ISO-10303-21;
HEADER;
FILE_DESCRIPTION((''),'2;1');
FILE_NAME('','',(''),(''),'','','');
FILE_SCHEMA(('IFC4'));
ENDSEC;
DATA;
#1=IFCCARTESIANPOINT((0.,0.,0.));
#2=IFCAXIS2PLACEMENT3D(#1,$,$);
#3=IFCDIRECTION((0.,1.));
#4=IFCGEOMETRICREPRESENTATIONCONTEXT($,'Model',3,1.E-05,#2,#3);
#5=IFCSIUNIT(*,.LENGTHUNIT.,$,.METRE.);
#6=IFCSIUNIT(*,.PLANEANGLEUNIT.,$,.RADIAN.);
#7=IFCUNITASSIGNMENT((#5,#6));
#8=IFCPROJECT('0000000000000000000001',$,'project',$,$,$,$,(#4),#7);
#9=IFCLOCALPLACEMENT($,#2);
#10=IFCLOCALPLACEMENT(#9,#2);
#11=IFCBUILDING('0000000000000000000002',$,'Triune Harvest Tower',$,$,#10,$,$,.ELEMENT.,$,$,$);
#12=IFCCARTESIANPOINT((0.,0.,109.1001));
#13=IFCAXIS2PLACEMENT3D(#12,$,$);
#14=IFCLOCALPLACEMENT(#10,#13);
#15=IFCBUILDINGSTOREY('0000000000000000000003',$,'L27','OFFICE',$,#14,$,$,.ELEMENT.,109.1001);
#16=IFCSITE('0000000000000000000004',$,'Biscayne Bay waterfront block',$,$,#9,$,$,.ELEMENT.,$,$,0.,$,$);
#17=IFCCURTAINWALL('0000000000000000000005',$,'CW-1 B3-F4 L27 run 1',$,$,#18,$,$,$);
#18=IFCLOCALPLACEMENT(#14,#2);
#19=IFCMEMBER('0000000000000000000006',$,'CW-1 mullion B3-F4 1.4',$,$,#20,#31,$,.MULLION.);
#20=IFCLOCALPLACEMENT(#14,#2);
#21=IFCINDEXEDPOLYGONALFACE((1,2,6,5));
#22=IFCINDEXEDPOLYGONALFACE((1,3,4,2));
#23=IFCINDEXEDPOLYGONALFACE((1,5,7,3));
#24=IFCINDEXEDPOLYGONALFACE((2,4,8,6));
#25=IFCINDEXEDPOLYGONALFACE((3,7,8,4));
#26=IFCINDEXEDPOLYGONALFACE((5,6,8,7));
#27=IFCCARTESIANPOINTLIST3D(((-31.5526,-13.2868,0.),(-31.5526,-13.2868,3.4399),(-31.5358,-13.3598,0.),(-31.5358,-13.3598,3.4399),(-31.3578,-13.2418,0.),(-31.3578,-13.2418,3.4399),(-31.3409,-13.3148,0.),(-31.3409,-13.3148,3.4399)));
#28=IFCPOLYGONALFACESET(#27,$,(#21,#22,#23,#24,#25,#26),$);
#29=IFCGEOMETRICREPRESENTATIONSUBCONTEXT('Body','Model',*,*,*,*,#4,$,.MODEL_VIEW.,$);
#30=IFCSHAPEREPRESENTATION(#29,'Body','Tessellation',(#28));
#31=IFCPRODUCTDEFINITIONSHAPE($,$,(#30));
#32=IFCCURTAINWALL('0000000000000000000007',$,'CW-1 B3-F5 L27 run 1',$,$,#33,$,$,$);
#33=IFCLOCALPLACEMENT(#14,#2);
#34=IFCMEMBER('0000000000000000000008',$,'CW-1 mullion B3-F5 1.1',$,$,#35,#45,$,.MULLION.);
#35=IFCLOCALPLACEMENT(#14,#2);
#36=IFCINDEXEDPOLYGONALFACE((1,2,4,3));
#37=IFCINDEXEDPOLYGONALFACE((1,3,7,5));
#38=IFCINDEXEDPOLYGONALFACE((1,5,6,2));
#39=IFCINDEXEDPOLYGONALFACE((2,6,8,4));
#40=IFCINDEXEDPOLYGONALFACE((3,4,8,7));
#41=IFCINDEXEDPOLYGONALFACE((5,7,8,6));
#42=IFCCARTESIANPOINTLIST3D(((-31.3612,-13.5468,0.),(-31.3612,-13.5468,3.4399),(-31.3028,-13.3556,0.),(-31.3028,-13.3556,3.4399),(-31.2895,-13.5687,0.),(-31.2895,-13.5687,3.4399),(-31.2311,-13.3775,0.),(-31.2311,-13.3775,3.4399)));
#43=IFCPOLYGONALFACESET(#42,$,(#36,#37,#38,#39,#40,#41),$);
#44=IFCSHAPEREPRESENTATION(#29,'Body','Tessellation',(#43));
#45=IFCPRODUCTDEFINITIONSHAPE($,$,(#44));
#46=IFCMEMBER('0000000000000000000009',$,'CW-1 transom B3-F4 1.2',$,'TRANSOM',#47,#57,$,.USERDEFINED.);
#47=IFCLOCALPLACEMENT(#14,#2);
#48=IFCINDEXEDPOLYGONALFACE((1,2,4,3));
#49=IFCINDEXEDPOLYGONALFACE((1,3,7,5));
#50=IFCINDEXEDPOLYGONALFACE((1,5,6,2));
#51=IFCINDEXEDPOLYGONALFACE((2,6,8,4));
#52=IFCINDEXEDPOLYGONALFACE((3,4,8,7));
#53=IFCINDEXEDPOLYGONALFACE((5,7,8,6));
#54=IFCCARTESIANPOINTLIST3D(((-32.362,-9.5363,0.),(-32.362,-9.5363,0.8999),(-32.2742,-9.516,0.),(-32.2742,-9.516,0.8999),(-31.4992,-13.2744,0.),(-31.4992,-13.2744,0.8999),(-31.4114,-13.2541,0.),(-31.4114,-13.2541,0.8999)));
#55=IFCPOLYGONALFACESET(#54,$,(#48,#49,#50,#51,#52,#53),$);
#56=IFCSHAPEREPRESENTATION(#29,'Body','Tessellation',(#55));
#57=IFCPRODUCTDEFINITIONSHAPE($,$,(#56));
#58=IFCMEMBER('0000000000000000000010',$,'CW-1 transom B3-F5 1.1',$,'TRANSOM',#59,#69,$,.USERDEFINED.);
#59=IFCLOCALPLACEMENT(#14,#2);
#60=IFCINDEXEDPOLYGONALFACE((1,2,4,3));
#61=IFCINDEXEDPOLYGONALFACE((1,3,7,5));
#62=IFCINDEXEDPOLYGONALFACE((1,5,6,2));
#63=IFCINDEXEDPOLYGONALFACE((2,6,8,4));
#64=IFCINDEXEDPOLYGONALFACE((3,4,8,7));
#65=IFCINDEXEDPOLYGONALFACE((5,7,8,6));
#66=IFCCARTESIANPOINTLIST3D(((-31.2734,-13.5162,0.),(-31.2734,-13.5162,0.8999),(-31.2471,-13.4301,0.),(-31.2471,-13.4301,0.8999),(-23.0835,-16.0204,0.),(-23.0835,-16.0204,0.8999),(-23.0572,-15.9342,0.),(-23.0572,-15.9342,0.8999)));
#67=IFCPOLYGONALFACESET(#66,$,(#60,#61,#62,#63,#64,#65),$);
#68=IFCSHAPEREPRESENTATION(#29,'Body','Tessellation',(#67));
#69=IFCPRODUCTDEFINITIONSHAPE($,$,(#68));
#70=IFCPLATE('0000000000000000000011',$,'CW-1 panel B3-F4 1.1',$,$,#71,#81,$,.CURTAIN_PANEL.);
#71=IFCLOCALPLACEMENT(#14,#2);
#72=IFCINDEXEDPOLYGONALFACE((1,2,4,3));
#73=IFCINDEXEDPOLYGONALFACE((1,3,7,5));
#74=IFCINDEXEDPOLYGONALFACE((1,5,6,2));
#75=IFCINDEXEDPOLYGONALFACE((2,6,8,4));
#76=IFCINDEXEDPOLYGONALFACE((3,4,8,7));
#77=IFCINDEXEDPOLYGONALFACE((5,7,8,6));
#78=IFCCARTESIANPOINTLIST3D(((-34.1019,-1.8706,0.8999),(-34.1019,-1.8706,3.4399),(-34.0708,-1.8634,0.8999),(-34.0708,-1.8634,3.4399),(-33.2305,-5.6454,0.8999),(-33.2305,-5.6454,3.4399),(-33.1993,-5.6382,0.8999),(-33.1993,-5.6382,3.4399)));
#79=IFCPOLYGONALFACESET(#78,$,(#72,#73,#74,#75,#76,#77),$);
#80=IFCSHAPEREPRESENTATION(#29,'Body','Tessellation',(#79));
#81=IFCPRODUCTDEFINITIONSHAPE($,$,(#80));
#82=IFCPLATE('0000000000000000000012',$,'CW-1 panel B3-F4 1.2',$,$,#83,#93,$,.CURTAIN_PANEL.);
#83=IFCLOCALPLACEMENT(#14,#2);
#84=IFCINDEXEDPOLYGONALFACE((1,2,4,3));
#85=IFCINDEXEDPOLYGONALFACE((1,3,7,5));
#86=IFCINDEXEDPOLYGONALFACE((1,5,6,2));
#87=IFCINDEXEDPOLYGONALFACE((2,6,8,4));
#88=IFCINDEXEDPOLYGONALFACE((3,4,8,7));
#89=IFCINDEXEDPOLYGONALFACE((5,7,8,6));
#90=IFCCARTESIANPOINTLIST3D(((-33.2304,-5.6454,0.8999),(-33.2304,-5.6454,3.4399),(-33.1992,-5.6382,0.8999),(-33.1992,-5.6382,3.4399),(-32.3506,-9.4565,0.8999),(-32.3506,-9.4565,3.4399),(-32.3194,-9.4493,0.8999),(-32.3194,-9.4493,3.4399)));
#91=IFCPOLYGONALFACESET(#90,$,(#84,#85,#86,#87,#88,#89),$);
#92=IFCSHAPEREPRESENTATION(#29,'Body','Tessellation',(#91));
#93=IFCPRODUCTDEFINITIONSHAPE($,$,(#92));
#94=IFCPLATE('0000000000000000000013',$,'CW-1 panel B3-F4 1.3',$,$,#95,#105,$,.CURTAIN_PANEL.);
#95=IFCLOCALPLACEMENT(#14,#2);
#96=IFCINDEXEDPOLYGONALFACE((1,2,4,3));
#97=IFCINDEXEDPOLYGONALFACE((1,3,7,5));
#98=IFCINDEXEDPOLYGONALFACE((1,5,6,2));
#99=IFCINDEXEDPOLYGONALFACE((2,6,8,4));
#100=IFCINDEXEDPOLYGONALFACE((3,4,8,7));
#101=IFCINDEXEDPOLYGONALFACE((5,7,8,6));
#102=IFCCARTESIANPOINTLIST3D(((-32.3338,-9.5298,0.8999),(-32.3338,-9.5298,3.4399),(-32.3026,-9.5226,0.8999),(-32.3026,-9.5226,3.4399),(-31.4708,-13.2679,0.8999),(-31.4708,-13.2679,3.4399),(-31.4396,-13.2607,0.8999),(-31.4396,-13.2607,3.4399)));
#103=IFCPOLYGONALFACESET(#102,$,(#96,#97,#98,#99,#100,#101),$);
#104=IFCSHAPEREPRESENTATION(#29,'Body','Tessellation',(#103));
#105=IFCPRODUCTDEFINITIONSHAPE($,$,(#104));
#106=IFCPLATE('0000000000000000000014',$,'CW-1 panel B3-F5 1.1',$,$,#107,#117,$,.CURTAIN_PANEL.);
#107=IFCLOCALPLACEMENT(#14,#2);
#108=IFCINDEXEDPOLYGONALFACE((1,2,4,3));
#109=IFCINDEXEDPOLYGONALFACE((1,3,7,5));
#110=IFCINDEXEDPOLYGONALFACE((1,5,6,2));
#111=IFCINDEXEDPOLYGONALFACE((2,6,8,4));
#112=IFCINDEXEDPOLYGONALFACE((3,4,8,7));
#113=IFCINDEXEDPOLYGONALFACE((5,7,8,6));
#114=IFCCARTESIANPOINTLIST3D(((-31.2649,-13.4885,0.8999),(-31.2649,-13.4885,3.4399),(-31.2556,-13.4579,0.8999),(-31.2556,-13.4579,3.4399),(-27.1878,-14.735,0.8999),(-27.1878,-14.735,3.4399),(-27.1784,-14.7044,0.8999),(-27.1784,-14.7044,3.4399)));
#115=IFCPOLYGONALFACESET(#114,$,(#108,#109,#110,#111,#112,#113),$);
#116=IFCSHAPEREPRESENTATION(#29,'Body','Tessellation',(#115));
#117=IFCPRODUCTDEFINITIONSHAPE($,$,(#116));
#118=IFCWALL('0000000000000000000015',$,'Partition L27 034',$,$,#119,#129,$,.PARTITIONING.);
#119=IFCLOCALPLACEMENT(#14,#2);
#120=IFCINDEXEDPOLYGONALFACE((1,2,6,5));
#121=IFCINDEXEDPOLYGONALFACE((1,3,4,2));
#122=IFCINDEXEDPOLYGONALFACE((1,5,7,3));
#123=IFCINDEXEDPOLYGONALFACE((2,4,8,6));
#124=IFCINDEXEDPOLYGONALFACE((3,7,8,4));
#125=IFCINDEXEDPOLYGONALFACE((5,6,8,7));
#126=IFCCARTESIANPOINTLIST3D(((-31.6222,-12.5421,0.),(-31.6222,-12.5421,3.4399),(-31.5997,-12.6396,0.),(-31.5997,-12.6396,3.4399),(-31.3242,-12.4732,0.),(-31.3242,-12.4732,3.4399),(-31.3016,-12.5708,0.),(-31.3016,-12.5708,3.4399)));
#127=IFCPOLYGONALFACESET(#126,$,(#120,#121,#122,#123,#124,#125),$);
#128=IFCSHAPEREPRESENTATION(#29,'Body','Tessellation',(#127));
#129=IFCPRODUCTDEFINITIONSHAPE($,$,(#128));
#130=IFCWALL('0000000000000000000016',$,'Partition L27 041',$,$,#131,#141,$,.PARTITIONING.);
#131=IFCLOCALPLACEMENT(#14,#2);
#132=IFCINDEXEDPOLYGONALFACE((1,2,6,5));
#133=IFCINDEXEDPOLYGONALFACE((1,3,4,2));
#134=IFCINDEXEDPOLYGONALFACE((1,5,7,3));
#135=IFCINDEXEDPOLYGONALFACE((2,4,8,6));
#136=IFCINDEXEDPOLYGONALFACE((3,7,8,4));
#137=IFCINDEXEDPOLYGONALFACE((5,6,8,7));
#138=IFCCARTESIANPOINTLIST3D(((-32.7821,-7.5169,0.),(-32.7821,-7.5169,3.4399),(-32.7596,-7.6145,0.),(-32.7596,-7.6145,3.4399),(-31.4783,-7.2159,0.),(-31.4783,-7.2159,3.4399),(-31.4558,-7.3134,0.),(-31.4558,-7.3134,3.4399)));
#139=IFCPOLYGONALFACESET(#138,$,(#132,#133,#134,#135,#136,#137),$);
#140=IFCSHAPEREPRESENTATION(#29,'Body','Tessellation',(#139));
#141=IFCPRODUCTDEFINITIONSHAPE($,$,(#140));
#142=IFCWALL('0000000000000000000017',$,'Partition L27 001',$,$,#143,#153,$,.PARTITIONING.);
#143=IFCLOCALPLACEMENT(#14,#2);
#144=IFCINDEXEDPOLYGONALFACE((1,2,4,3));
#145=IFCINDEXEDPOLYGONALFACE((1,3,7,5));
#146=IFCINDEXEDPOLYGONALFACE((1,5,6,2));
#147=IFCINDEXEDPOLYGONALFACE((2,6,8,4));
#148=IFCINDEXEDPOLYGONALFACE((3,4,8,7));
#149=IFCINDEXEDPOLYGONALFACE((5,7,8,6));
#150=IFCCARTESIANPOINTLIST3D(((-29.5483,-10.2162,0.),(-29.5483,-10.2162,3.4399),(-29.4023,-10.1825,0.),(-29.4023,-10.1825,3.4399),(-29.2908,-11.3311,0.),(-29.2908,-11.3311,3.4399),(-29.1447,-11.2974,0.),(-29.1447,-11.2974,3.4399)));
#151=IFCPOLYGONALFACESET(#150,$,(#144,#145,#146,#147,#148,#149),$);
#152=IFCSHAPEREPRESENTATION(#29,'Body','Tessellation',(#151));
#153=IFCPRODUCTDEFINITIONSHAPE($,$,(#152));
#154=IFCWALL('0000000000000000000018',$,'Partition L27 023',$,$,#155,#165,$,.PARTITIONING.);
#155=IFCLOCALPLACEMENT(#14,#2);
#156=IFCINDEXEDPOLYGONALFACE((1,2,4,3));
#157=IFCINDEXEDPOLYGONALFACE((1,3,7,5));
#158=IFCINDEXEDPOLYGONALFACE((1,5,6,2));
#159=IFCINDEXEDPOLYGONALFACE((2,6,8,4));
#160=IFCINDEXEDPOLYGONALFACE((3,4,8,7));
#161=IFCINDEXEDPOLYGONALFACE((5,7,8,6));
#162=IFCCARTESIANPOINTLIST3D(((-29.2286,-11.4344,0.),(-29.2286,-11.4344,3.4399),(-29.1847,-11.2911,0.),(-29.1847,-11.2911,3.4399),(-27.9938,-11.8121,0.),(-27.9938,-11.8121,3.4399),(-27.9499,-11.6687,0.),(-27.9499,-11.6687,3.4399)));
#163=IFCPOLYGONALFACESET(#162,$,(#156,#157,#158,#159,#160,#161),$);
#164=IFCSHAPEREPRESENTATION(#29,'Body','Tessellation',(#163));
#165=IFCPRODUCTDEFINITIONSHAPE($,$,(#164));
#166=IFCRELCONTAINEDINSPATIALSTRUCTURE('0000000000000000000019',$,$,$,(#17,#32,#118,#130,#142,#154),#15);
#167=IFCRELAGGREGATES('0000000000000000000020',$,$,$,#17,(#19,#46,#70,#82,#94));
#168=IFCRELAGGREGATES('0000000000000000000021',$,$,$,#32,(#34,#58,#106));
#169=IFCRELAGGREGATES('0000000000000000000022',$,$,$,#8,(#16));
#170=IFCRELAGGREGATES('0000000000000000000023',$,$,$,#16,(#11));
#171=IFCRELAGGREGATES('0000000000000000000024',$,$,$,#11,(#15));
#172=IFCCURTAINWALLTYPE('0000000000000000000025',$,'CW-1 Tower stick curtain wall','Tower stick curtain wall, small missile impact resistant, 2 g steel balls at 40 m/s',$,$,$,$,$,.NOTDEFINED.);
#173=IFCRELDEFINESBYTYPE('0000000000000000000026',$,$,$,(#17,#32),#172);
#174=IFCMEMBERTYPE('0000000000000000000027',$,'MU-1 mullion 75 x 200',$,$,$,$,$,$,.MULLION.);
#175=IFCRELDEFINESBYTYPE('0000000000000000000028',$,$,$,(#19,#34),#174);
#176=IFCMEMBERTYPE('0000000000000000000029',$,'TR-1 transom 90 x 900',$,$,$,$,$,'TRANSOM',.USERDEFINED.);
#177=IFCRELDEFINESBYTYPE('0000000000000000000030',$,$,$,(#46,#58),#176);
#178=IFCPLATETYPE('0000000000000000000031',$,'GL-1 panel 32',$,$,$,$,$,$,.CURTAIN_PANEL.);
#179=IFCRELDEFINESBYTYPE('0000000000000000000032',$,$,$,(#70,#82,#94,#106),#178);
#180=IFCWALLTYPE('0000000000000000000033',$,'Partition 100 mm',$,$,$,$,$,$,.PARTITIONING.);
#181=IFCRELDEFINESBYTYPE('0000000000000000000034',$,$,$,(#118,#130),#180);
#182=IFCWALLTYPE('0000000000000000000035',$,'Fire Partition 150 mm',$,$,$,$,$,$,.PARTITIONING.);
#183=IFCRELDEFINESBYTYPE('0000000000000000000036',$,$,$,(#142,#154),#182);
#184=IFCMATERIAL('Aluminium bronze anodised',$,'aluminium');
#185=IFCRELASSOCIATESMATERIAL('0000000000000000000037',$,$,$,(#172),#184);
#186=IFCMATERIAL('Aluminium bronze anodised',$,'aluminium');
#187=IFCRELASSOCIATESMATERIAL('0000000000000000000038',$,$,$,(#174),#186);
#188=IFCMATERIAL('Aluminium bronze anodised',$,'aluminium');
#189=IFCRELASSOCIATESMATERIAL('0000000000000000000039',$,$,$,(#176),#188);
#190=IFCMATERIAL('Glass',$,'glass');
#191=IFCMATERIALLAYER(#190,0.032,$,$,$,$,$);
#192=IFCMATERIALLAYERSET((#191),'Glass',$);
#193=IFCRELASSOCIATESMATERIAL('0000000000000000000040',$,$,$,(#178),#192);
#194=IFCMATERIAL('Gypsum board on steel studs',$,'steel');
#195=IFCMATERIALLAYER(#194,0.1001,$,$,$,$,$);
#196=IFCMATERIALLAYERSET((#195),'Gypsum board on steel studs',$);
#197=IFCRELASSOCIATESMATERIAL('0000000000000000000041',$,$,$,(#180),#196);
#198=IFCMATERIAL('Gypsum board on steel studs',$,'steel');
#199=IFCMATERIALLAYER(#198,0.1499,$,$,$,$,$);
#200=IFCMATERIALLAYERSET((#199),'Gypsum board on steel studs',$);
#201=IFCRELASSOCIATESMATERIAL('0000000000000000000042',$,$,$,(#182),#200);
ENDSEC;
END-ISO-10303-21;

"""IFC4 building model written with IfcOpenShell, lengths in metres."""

from ifc_helpers import new_model, si_unit, direction, frame, frame_2d, origin, origin_2d, place, context, subcontext, project, spatial, rectangle, extrude, source, transform, mapped, material, layer, layer_set, material_profile, profile_set, type_object, element, aggregate, save


model = new_model("IFC4")

# Units and contexts
model_context = context("Model", 3, precision=1e-05, world=origin(), true_north=direction((0.0, 1.0)))
body_context = subcontext(model_context, "Body", "Model", "MODEL_VIEW")
ifc_project = project(units=[si_unit("LENGTHUNIT", "METRE"), si_unit("PLANEANGLEUNIT", "RADIAN")], contexts=[model_context])

# Site, building, storey
site_placement = place(None, origin())
site = spatial("IfcSite", under=ifc_project, at=site_placement, Name="Biscayne Bay waterfront block", CompositionType="ELEMENT", RefElevation=0.0)
building_placement = place(site_placement, origin())
building = spatial("IfcBuilding", under=site, at=building_placement, Name="Triune Harvest Tower", CompositionType="ELEMENT")
storey_placement = place(building_placement, frame((0.0, 0.0, 109.1001)))
storey = spatial("IfcBuildingStorey", under=building, at=storey_placement, Name="L27", Description="OFFICE", CompositionType="ELEMENT", Elevation=109.1001)

# Curtain wall, member
ifc_material_1 = material(Name="Aluminium bronze anodised", Category="aluminium")
curtain_wall_type = type_object("IfcCurtainWallType", Name="CW-1 Tower stick curtain wall", Description="Tower stick curtain wall, small missile impact resistant, 2 g steel balls at 40 m/s", PredefinedType="NOTDEFINED", material=ifc_material_1)
curtain_wall_1_placement = place(storey_placement, origin())
curtain_wall_1 = element("IfcCurtainWall", 1, at=curtain_wall_1_placement, inside=storey, type_object=curtain_wall_type, Name="CW-1 B3-F4 L27 run 1")
ifc_material_2 = material(Name="Aluminium bronze anodised", Category="aluminium")
ifc_material_profile_1 = material_profile(ifc_material_2, rectangle(XDim=0.2, YDim=0.075, at=origin_2d()), Name="MU-1 mullion 75 x 200")
ifc_profile_set_1 = profile_set([ifc_material_profile_1], Name="Aluminium bronze anodised")
member_type_1 = type_object("IfcMemberType", Name="MU-1 mullion 75 x 200", PredefinedType="MULLION", material=ifc_profile_set_1)
shared_shape_1 = source(origin(), body_context, "Body", "SweptSolid", [
    extrude(rectangle(XDim=0.2, YDim=0.075, at=origin_2d()), origin(), (0.0, 0.0, 1.0), 3.4399),
])
member_1_placement = place(storey_placement, frame((-31.4468, -13.3008, 0.0), z_axis=(0.0, 0.0, 1.0), x_axis=(0.974371, 0.224947, 0.0)))
member_1 = element("IfcMember", 2, at=member_1_placement, type_object=member_type_1, Name="CW-1 mullion B3-F4 1.4", PredefinedType="MULLION", context=body_context, shape_type="MappedRepresentation", body=[
    mapped(shared_shape_1, transform((0.0, 0.0, 0.0), scale=1.0)),
])

# Curtain wall, member
curtain_wall_2_placement = place(storey_placement, origin())
curtain_wall_2 = element("IfcCurtainWall", 3, at=curtain_wall_2_placement, inside=storey, type_object=curtain_wall_type, Name="CW-1 B3-F5 L27 run 1")
member_2_placement = place(storey_placement, frame((-31.2961, -13.4622, 0.0), z_axis=(0.0, 0.0, 1.0), x_axis=(0.292374, 0.956304, 0.0)))
member_2 = element("IfcMember", 4, at=member_2_placement, type_object=member_type_1, Name="CW-1 mullion B3-F5 1.1", PredefinedType="MULLION", context=body_context, shape_type="MappedRepresentation", body=[
    mapped(shared_shape_1, transform((0.0, 0.0, 0.0), scale=1.0)),
])

# Members
ifc_material_3 = material(Name="Aluminium bronze anodised", Category="aluminium")
ifc_material_profile_2 = material_profile(ifc_material_3, rectangle(XDim=0.0901, YDim=0.8999, at=origin_2d()), Name="TR-1 transom 90 x 900")
ifc_profile_set_2 = profile_set([ifc_material_profile_2], Name="Aluminium bronze anodised")
member_type_2 = type_object("IfcMemberType", Name="TR-1 transom 90 x 900", ElementType="TRANSOM", PredefinedType="USERDEFINED", material=ifc_profile_set_2)
shared_shape_2 = source(origin(), body_context, "Body", "SweptSolid", [
    extrude(rectangle(XDim=0.0901, YDim=0.8999, at=origin_2d()), origin(), (0.0, 0.0, 1.0), 3.8364),
])
member_3_placement = place(storey_placement, frame((-32.3181, -9.5261, 0.45), z_axis=(0.224901, -0.974382, 0.0), x_axis=(0.974382, 0.224901, 0.0)))
member_3 = element("IfcMember", 5, at=member_3_placement, type_object=member_type_2, Name="CW-1 transom B3-F4 1.2", ObjectType="TRANSOM", PredefinedType="USERDEFINED", context=body_context, shape_type="MappedRepresentation", body=[
    mapped(shared_shape_2, transform((0.0, 0.0, 0.0), scale=1.0)),
])
shared_shape_3 = source(origin(), body_context, "Body", "SweptSolid", [
    extrude(rectangle(XDim=0.0901, YDim=0.8999, at=origin_2d()), origin(), (0.0, 0.0, 1.0), 8.5642),
])
member_4_placement = place(storey_placement, frame((-31.2603, -13.4731, 0.45), z_axis=(0.956297, -0.292397, 0.0), x_axis=(0.292397, 0.956297, 0.0)))
member_4 = element("IfcMember", 6, at=member_4_placement, type_object=member_type_2, Name="CW-1 transom B3-F5 1.1", ObjectType="TRANSOM", PredefinedType="USERDEFINED", context=body_context, shape_type="MappedRepresentation", body=[
    mapped(shared_shape_3, transform((0.0, 0.0, 0.0), scale=1.0)),
])

# Plates
ifc_material_4 = material(Name="Glass", Category="glass")
ifc_layer_1 = layer(ifc_material_4, 0.032)
ifc_layer_set_1 = layer_set([ifc_layer_1], Name="Glass")
plate_type = type_object("IfcPlateType", Name="GL-1 panel 32", PredefinedType="CURTAIN_PANEL", material=ifc_layer_set_1)
shared_shape_4 = source(origin(), body_context, "Body", "SweptSolid", [
    extrude(rectangle(XDim=3.874, YDim=0.032, at=origin_2d()), origin(), (0.0, 0.0, 1.0), 2.54),
])
plate_1_placement = place(storey_placement, frame((-33.6506, -3.7544, 0.8999), z_axis=(0.0, 0.0, 1.0), x_axis=(0.224947, -0.974371, 0.0)))
plate_1 = element("IfcPlate", 7, at=plate_1_placement, type_object=plate_type, Name="CW-1 panel B3-F4 1.1", PredefinedType="CURTAIN_PANEL", context=body_context, shape_type="MappedRepresentation", body=[
    mapped(shared_shape_4, transform((0.0, 0.0, 0.0), scale=1.0)),
])
shared_shape_5 = source(origin(), body_context, "Body", "SweptSolid", [
    extrude(rectangle(XDim=3.9114, YDim=0.032, at=origin_2d()), origin(), (0.0, 0.0, 1.0), 2.54),
])
plate_2_placement = place(storey_placement, frame((-32.7749, -7.5474, 0.8999), z_axis=(0.0, 0.0, 1.0), x_axis=(0.224947, -0.974371, 0.0)))
plate_2 = element("IfcPlate", 8, at=plate_2_placement, type_object=plate_type, Name="CW-1 panel B3-F4 1.2", PredefinedType="CURTAIN_PANEL", context=body_context, shape_type="MappedRepresentation", body=[
    mapped(shared_shape_5, transform((0.0, 0.0, 0.0), scale=1.0)),
])
shared_shape_6 = source(origin(), body_context, "Body", "SweptSolid", [
    extrude(rectangle(XDim=3.8364, YDim=0.032, at=origin_2d()), origin(), (0.0, 0.0, 1.0), 2.54),
])
plate_3_placement = place(storey_placement, frame((-31.8867, -11.3953, 0.8999), z_axis=(0.0, 0.0, 1.0), x_axis=(0.224947, -0.974371, 0.0)))
plate_3 = element("IfcPlate", 9, at=plate_3_placement, type_object=plate_type, Name="CW-1 panel B3-F4 1.3", PredefinedType="CURTAIN_PANEL", context=body_context, shape_type="MappedRepresentation", body=[
    mapped(shared_shape_6, transform((0.0, 0.0, 0.0), scale=1.0)),
])
aggregate(curtain_wall_1, [member_1, member_3, plate_1, plate_2, plate_3])
shared_shape_7 = source(origin(), body_context, "Body", "SweptSolid", [
    extrude(rectangle(XDim=4.2634, YDim=0.032, at=origin_2d()), origin(), (0.0, 0.0, 1.0), 2.54),
])
plate_4_placement = place(storey_placement, frame((-29.2217, -14.0964, 0.8999), z_axis=(0.0, 0.0, 1.0), x_axis=(0.956304, -0.292374, 0.0)))
plate_4 = element("IfcPlate", 10, at=plate_4_placement, type_object=plate_type, Name="CW-1 panel B3-F5 1.1", PredefinedType="CURTAIN_PANEL", context=body_context, shape_type="MappedRepresentation", body=[
    mapped(shared_shape_7, transform((0.0, 0.0, 0.0), scale=1.0)),
])
aggregate(curtain_wall_2, [member_2, member_4, plate_4])

# Walls
ifc_material_5 = material(Name="Gypsum board on steel studs", Category="steel")
ifc_layer_2 = layer(ifc_material_5, 0.1001)
ifc_layer_set_2 = layer_set([ifc_layer_2], Name="Gypsum board on steel studs")
wall_type_1 = type_object("IfcWallType", Name="Partition 100 mm", PredefinedType="PARTITIONING", material=ifc_layer_set_2)
wall_1_placement = place(storey_placement, frame((-31.6108, -12.5908, 0.0), z_axis=(0.0, 0.0, 1.0), x_axis=(0.974351, 0.225034, 0.0)))
element("IfcWall", 11, at=wall_1_placement, inside=storey, type_object=wall_type_1, Name="Partition L27 034", PredefinedType="PARTITIONING", context=body_context, shape_type="SweptSolid", body=[
    extrude(rectangle(XDim=0.3059, YDim=0.1001, at=frame_2d((0.1528, 0.0))), origin(), (0.0, 0.0, 1.0), 3.4399),
])
shared_shape_8 = source(origin(), body_context, "Body", "SweptSolid", [
    extrude(rectangle(XDim=1.3381, YDim=0.1001, at=frame_2d((0.6689, 0.0))), origin(), (0.0, 0.0, 1.0), 3.4399),
])
wall_2_placement = place(storey_placement, frame((-32.7708, -7.5657, 0.0), z_axis=(0.0, 0.0, 1.0), x_axis=(0.974364, 0.224979, 0.0)))
element("IfcWall", 12, at=wall_2_placement, inside=storey, type_object=wall_type_1, Name="Partition L27 041", PredefinedType="PARTITIONING", context=body_context, shape_type="MappedRepresentation", body=[
    mapped(shared_shape_8, transform((0.0, 0.0, 0.0), scale=1.0)),
])
ifc_material_6 = material(Name="Gypsum board on steel studs", Category="steel")
ifc_layer_3 = layer(ifc_material_6, 0.1499)
ifc_layer_set_3 = layer_set([ifc_layer_3], Name="Gypsum board on steel studs")
wall_type_2 = type_object("IfcWallType", Name="Fire Partition 150 mm", PredefinedType="PARTITIONING", material=ifc_layer_set_3)
shared_shape_9 = source(origin(), body_context, "Body", "SweptSolid", [
    extrude(rectangle(XDim=1.1443, YDim=0.1499, at=frame_2d((0.5723, 0.0))), origin(), (0.0, 0.0, 1.0), 3.4399),
])
wall_3_placement = place(storey_placement, frame((-29.4753, -10.1992, 0.0), z_axis=(0.0, 0.0, 1.0), x_axis=(0.225078, -0.974341, 0.0)))
element("IfcWall", 13, at=wall_3_placement, inside=storey, type_object=wall_type_2, Name="Partition L27 001", PredefinedType="PARTITIONING", context=body_context, shape_type="MappedRepresentation", body=[
    mapped(shared_shape_9, transform((0.0, 0.0, 0.0), scale=1.0)),
])
shared_shape_10 = source(origin(), body_context, "Body", "SweptSolid", [
    extrude(rectangle(XDim=1.2913, YDim=0.1499, at=frame_2d((0.6455, 0.0))), origin(), (0.0, 0.0, 1.0), 3.4399),
])
wall_4_placement = place(storey_placement, frame((-29.2065, -11.3628, 0.0), z_axis=(0.0, 0.0, 1.0), x_axis=(0.956272, -0.292478, 0.0)))
element("IfcWall", 14, at=wall_4_placement, inside=storey, type_object=wall_type_2, Name="Partition L27 023", PredefinedType="PARTITIONING", context=body_context, shape_type="MappedRepresentation", body=[
    mapped(shared_shape_10, transform((0.0, 0.0, 0.0), scale=1.0)),
])

save(model, "model.ifc")
